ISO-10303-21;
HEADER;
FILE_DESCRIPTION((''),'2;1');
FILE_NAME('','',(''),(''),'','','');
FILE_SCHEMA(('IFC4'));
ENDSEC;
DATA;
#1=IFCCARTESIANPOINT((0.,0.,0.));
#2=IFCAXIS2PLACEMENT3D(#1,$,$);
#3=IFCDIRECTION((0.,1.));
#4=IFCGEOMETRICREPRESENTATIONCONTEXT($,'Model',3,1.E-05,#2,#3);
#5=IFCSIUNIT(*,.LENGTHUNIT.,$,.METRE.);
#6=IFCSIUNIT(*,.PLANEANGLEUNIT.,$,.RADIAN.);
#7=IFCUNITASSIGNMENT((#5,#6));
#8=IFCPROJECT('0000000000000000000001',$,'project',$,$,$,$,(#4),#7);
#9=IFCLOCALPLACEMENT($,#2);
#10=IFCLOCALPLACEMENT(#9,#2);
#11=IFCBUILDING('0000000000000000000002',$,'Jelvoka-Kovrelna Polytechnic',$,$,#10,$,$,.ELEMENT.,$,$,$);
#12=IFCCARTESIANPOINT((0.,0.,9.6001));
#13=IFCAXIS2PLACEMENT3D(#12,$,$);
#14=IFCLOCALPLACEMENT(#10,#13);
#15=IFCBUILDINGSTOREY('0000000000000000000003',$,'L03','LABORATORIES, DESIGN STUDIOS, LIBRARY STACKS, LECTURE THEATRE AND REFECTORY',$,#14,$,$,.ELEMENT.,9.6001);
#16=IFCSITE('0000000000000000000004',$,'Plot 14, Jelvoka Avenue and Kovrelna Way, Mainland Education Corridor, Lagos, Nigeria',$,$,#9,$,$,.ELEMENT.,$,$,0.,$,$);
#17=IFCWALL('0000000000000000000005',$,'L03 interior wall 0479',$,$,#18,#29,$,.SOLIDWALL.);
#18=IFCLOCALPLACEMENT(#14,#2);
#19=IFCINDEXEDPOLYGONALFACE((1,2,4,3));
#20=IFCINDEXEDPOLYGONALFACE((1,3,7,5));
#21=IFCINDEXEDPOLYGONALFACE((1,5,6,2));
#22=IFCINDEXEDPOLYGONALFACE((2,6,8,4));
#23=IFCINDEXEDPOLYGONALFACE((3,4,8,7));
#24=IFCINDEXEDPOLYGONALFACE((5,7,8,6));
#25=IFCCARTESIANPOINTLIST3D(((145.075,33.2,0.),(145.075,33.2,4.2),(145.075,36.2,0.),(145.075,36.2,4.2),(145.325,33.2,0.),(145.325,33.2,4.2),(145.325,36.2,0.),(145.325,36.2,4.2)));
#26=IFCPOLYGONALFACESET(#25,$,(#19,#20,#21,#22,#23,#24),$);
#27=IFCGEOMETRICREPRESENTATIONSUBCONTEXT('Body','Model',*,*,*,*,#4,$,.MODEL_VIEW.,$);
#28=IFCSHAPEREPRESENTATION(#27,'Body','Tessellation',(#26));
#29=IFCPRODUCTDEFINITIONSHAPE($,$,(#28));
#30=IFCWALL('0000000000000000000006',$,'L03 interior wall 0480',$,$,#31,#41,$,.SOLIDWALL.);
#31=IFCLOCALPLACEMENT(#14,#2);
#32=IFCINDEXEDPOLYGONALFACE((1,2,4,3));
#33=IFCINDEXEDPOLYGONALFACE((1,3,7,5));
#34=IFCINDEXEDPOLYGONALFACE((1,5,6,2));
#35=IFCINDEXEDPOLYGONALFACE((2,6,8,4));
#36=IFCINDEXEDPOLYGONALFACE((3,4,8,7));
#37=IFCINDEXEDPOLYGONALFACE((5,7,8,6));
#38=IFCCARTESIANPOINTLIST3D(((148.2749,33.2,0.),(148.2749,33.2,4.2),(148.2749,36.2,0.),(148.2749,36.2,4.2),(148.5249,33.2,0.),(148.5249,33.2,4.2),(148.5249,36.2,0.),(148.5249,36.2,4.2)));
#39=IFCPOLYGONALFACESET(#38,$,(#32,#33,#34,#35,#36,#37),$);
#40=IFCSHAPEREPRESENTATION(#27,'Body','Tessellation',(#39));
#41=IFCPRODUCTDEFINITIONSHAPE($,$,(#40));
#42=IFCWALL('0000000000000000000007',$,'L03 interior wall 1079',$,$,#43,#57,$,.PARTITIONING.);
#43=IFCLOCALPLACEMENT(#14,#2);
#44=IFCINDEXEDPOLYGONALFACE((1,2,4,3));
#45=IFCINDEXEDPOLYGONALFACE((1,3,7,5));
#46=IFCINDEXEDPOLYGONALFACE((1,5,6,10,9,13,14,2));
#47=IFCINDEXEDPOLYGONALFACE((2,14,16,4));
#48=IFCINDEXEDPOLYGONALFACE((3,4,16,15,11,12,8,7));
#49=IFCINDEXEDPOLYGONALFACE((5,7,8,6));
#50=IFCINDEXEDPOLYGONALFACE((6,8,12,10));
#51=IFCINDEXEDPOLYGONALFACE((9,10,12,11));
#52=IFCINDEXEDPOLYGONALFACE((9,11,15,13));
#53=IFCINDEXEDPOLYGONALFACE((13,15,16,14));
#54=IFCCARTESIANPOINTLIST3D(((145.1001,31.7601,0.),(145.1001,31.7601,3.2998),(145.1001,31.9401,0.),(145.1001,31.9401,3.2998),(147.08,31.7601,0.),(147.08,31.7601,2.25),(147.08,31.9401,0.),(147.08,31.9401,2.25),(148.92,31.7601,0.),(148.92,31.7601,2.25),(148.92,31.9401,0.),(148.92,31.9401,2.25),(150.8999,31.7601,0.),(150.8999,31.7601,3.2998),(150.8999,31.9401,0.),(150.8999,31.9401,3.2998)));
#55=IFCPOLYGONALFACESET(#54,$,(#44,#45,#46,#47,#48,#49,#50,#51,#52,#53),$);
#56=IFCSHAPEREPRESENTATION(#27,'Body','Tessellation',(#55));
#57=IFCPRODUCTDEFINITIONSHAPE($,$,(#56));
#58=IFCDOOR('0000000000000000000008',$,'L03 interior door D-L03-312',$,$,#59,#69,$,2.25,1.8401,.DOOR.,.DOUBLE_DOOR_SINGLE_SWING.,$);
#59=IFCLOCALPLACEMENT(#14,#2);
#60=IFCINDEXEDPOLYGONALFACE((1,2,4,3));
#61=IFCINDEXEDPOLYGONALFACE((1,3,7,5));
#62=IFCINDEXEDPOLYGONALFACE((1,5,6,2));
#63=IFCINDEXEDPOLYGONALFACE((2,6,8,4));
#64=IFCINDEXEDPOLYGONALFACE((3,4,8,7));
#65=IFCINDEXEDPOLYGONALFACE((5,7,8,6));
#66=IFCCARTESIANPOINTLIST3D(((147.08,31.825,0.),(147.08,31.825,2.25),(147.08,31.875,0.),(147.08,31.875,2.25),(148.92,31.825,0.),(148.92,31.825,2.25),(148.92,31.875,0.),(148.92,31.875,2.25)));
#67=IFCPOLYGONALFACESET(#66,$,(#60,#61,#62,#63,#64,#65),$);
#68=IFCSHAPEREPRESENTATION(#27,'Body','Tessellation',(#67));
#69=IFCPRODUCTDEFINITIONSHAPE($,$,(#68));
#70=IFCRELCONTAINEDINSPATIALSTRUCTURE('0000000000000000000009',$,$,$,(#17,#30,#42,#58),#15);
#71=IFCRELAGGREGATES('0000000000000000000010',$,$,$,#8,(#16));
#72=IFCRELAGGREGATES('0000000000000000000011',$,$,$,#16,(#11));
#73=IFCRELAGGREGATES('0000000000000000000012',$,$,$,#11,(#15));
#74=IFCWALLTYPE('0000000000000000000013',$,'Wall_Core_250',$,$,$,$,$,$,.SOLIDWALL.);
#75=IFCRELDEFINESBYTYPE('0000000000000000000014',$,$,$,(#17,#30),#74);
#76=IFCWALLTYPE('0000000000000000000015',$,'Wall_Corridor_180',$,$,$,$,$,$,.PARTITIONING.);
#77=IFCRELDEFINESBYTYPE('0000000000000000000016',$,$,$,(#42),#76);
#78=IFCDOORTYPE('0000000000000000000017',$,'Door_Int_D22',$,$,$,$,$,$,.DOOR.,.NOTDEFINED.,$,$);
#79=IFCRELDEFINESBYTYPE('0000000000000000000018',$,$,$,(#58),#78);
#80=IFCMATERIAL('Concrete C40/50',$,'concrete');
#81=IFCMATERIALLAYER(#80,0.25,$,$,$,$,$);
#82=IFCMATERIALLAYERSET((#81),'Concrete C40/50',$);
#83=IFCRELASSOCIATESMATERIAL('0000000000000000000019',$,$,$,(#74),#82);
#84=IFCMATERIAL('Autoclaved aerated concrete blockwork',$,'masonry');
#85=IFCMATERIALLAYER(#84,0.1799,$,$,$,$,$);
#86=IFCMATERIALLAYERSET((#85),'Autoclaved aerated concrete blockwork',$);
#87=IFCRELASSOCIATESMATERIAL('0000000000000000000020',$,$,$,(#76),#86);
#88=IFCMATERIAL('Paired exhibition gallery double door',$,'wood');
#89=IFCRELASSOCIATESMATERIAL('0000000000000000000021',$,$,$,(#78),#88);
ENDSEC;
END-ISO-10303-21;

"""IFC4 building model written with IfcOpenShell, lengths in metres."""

from ifc_helpers import new_model, si_unit, direction, frame, frame_2d, origin, place, context, subcontext, project, spatial, rectangle, extrude, material, layer, layer_set, type_object, element, fill, save


model = new_model("IFC4")

# Units and contexts
model_context = context("Model", 3, precision=1e-05, world=origin(), true_north=direction((0.0, 1.0)))
body_context = subcontext(model_context, "Body", "Model", "MODEL_VIEW")
ifc_project = project(units=[si_unit("LENGTHUNIT", "METRE"), si_unit("PLANEANGLEUNIT", "RADIAN")], contexts=[model_context])

# Site, building, storey
site_placement = place(None, origin())
site = spatial("IfcSite", under=ifc_project, at=site_placement, Name="Plot 14, Jelvoka Avenue and Kovrelna Way, Mainland Education Corridor, Lagos, Nigeria", CompositionType="ELEMENT", RefElevation=0.0)
building_placement = place(site_placement, origin())
building = spatial("IfcBuilding", under=site, at=building_placement, Name="Jelvoka-Kovrelna Polytechnic", CompositionType="ELEMENT")
storey_placement = place(building_placement, frame((0.0, 0.0, 9.6001)))
storey = spatial("IfcBuildingStorey", under=building, at=storey_placement, Name="L03", Description="LABORATORIES, DESIGN STUDIOS, LIBRARY STACKS, LECTURE THEATRE AND REFECTORY", CompositionType="ELEMENT", Elevation=9.6001)

# Walls
ifc_material_1 = material(Name="Concrete C40/50", Category="concrete")
ifc_layer_1 = layer(ifc_material_1, 0.25)
ifc_layer_set_1 = layer_set([ifc_layer_1], Name="Concrete C40/50")
wall_type_1 = type_object("IfcWallType", Name="Wall_Core_250", PredefinedType="SOLIDWALL", material=ifc_layer_set_1)
for number, where, z_axis, x_axis, name in (
    (1, (145.2, 33.2, 0.0), (0.0, 0.0, 1.0), (0.0, 1.0, 0.0), "L03 interior wall 0479"),
    (2, (148.3999, 33.2, 0.0), (0.0, 0.0, 1.0), (0.0, 1.0, 0.0), "L03 interior wall 0480"),
):
    element("IfcWall", number, at=place(storey_placement, frame(where, z_axis=z_axis, x_axis=x_axis)), inside=storey, type_object=wall_type_1, Name=name, PredefinedType="SOLIDWALL", context=body_context, shape_type="SweptSolid", body=[
        extrude(rectangle(XDim=3.0, YDim=0.25, at=frame_2d((1.5, 0.0))), origin(), (0.0, 0.0, 1.0), 4.2),
    ])

# Wall, opening, door
ifc_material_2 = material(Name="Autoclaved aerated concrete blockwork", Category="masonry")
ifc_layer_2 = layer(ifc_material_2, 0.1799)
ifc_layer_set_2 = layer_set([ifc_layer_2], Name="Autoclaved aerated concrete blockwork")
wall_type_2 = type_object("IfcWallType", Name="Wall_Corridor_180", PredefinedType="PARTITIONING", material=ifc_layer_set_2)
wall_1_placement = place(storey_placement, frame((145.1001, 31.8501, 0.0), z_axis=(0.0, 0.0, 1.0), x_axis=(1.0, 0.0, 0.0)))
wall_1 = element("IfcWall", 3, at=wall_1_placement, inside=storey, type_object=wall_type_2, Name="L03 interior wall 1079", PredefinedType="PARTITIONING", context=body_context, shape_type="SweptSolid", body=[
    extrude(rectangle(XDim=5.7998, YDim=0.1799, at=frame_2d((2.8999, 0.0))), origin(), (0.0, 0.0, 1.0), 3.2998),
])
opening_placement = place(wall_1_placement, frame((1.98, 0.0, 0.0)))
opening = element("IfcOpeningElement", 4, at=opening_placement, cuts=wall_1, PredefinedType="OPENING", context=body_context, shape_type="SweptSolid", body=[
    extrude(rectangle(XDim=1.8401, YDim=2.25, at=frame_2d((0.9199, 1.125))), frame((0.0, 0.0999, 0.0), z_axis=(0.0, -1.0, 0.0), x_axis=(1.0, 0.0, 0.0)), (0.0, 0.0, 1.0), 0.2),
])
ifc_material_3 = material(Name="Paired exhibition gallery double door", Category="wood")
door_type = type_object("IfcDoorType", Name="Door_Int_D22", OperationType="NOTDEFINED", PredefinedType="DOOR", material=ifc_material_3)
door_placement = place(opening_placement, origin())
door = element("IfcDoor", 5, at=door_placement, inside=storey, type_object=door_type, Name="L03 interior door D-L03-312", OperationType="DOUBLE_DOOR_SINGLE_SWING", OverallHeight=2.25, OverallWidth=1.8401, PredefinedType="DOOR", context=body_context, shape_type="SweptSolid", body=[
    extrude(rectangle(XDim=1.8401, YDim=2.25, at=frame_2d((0.9199, 1.125))), frame((0.0, 0.0249, 0.0), z_axis=(0.0, -1.0, 0.0), x_axis=(1.0, 0.0, 0.0)), (0.0, 0.0, 1.0), 0.05),
])
fill(opening, door)

save(model, "model.ifc")
